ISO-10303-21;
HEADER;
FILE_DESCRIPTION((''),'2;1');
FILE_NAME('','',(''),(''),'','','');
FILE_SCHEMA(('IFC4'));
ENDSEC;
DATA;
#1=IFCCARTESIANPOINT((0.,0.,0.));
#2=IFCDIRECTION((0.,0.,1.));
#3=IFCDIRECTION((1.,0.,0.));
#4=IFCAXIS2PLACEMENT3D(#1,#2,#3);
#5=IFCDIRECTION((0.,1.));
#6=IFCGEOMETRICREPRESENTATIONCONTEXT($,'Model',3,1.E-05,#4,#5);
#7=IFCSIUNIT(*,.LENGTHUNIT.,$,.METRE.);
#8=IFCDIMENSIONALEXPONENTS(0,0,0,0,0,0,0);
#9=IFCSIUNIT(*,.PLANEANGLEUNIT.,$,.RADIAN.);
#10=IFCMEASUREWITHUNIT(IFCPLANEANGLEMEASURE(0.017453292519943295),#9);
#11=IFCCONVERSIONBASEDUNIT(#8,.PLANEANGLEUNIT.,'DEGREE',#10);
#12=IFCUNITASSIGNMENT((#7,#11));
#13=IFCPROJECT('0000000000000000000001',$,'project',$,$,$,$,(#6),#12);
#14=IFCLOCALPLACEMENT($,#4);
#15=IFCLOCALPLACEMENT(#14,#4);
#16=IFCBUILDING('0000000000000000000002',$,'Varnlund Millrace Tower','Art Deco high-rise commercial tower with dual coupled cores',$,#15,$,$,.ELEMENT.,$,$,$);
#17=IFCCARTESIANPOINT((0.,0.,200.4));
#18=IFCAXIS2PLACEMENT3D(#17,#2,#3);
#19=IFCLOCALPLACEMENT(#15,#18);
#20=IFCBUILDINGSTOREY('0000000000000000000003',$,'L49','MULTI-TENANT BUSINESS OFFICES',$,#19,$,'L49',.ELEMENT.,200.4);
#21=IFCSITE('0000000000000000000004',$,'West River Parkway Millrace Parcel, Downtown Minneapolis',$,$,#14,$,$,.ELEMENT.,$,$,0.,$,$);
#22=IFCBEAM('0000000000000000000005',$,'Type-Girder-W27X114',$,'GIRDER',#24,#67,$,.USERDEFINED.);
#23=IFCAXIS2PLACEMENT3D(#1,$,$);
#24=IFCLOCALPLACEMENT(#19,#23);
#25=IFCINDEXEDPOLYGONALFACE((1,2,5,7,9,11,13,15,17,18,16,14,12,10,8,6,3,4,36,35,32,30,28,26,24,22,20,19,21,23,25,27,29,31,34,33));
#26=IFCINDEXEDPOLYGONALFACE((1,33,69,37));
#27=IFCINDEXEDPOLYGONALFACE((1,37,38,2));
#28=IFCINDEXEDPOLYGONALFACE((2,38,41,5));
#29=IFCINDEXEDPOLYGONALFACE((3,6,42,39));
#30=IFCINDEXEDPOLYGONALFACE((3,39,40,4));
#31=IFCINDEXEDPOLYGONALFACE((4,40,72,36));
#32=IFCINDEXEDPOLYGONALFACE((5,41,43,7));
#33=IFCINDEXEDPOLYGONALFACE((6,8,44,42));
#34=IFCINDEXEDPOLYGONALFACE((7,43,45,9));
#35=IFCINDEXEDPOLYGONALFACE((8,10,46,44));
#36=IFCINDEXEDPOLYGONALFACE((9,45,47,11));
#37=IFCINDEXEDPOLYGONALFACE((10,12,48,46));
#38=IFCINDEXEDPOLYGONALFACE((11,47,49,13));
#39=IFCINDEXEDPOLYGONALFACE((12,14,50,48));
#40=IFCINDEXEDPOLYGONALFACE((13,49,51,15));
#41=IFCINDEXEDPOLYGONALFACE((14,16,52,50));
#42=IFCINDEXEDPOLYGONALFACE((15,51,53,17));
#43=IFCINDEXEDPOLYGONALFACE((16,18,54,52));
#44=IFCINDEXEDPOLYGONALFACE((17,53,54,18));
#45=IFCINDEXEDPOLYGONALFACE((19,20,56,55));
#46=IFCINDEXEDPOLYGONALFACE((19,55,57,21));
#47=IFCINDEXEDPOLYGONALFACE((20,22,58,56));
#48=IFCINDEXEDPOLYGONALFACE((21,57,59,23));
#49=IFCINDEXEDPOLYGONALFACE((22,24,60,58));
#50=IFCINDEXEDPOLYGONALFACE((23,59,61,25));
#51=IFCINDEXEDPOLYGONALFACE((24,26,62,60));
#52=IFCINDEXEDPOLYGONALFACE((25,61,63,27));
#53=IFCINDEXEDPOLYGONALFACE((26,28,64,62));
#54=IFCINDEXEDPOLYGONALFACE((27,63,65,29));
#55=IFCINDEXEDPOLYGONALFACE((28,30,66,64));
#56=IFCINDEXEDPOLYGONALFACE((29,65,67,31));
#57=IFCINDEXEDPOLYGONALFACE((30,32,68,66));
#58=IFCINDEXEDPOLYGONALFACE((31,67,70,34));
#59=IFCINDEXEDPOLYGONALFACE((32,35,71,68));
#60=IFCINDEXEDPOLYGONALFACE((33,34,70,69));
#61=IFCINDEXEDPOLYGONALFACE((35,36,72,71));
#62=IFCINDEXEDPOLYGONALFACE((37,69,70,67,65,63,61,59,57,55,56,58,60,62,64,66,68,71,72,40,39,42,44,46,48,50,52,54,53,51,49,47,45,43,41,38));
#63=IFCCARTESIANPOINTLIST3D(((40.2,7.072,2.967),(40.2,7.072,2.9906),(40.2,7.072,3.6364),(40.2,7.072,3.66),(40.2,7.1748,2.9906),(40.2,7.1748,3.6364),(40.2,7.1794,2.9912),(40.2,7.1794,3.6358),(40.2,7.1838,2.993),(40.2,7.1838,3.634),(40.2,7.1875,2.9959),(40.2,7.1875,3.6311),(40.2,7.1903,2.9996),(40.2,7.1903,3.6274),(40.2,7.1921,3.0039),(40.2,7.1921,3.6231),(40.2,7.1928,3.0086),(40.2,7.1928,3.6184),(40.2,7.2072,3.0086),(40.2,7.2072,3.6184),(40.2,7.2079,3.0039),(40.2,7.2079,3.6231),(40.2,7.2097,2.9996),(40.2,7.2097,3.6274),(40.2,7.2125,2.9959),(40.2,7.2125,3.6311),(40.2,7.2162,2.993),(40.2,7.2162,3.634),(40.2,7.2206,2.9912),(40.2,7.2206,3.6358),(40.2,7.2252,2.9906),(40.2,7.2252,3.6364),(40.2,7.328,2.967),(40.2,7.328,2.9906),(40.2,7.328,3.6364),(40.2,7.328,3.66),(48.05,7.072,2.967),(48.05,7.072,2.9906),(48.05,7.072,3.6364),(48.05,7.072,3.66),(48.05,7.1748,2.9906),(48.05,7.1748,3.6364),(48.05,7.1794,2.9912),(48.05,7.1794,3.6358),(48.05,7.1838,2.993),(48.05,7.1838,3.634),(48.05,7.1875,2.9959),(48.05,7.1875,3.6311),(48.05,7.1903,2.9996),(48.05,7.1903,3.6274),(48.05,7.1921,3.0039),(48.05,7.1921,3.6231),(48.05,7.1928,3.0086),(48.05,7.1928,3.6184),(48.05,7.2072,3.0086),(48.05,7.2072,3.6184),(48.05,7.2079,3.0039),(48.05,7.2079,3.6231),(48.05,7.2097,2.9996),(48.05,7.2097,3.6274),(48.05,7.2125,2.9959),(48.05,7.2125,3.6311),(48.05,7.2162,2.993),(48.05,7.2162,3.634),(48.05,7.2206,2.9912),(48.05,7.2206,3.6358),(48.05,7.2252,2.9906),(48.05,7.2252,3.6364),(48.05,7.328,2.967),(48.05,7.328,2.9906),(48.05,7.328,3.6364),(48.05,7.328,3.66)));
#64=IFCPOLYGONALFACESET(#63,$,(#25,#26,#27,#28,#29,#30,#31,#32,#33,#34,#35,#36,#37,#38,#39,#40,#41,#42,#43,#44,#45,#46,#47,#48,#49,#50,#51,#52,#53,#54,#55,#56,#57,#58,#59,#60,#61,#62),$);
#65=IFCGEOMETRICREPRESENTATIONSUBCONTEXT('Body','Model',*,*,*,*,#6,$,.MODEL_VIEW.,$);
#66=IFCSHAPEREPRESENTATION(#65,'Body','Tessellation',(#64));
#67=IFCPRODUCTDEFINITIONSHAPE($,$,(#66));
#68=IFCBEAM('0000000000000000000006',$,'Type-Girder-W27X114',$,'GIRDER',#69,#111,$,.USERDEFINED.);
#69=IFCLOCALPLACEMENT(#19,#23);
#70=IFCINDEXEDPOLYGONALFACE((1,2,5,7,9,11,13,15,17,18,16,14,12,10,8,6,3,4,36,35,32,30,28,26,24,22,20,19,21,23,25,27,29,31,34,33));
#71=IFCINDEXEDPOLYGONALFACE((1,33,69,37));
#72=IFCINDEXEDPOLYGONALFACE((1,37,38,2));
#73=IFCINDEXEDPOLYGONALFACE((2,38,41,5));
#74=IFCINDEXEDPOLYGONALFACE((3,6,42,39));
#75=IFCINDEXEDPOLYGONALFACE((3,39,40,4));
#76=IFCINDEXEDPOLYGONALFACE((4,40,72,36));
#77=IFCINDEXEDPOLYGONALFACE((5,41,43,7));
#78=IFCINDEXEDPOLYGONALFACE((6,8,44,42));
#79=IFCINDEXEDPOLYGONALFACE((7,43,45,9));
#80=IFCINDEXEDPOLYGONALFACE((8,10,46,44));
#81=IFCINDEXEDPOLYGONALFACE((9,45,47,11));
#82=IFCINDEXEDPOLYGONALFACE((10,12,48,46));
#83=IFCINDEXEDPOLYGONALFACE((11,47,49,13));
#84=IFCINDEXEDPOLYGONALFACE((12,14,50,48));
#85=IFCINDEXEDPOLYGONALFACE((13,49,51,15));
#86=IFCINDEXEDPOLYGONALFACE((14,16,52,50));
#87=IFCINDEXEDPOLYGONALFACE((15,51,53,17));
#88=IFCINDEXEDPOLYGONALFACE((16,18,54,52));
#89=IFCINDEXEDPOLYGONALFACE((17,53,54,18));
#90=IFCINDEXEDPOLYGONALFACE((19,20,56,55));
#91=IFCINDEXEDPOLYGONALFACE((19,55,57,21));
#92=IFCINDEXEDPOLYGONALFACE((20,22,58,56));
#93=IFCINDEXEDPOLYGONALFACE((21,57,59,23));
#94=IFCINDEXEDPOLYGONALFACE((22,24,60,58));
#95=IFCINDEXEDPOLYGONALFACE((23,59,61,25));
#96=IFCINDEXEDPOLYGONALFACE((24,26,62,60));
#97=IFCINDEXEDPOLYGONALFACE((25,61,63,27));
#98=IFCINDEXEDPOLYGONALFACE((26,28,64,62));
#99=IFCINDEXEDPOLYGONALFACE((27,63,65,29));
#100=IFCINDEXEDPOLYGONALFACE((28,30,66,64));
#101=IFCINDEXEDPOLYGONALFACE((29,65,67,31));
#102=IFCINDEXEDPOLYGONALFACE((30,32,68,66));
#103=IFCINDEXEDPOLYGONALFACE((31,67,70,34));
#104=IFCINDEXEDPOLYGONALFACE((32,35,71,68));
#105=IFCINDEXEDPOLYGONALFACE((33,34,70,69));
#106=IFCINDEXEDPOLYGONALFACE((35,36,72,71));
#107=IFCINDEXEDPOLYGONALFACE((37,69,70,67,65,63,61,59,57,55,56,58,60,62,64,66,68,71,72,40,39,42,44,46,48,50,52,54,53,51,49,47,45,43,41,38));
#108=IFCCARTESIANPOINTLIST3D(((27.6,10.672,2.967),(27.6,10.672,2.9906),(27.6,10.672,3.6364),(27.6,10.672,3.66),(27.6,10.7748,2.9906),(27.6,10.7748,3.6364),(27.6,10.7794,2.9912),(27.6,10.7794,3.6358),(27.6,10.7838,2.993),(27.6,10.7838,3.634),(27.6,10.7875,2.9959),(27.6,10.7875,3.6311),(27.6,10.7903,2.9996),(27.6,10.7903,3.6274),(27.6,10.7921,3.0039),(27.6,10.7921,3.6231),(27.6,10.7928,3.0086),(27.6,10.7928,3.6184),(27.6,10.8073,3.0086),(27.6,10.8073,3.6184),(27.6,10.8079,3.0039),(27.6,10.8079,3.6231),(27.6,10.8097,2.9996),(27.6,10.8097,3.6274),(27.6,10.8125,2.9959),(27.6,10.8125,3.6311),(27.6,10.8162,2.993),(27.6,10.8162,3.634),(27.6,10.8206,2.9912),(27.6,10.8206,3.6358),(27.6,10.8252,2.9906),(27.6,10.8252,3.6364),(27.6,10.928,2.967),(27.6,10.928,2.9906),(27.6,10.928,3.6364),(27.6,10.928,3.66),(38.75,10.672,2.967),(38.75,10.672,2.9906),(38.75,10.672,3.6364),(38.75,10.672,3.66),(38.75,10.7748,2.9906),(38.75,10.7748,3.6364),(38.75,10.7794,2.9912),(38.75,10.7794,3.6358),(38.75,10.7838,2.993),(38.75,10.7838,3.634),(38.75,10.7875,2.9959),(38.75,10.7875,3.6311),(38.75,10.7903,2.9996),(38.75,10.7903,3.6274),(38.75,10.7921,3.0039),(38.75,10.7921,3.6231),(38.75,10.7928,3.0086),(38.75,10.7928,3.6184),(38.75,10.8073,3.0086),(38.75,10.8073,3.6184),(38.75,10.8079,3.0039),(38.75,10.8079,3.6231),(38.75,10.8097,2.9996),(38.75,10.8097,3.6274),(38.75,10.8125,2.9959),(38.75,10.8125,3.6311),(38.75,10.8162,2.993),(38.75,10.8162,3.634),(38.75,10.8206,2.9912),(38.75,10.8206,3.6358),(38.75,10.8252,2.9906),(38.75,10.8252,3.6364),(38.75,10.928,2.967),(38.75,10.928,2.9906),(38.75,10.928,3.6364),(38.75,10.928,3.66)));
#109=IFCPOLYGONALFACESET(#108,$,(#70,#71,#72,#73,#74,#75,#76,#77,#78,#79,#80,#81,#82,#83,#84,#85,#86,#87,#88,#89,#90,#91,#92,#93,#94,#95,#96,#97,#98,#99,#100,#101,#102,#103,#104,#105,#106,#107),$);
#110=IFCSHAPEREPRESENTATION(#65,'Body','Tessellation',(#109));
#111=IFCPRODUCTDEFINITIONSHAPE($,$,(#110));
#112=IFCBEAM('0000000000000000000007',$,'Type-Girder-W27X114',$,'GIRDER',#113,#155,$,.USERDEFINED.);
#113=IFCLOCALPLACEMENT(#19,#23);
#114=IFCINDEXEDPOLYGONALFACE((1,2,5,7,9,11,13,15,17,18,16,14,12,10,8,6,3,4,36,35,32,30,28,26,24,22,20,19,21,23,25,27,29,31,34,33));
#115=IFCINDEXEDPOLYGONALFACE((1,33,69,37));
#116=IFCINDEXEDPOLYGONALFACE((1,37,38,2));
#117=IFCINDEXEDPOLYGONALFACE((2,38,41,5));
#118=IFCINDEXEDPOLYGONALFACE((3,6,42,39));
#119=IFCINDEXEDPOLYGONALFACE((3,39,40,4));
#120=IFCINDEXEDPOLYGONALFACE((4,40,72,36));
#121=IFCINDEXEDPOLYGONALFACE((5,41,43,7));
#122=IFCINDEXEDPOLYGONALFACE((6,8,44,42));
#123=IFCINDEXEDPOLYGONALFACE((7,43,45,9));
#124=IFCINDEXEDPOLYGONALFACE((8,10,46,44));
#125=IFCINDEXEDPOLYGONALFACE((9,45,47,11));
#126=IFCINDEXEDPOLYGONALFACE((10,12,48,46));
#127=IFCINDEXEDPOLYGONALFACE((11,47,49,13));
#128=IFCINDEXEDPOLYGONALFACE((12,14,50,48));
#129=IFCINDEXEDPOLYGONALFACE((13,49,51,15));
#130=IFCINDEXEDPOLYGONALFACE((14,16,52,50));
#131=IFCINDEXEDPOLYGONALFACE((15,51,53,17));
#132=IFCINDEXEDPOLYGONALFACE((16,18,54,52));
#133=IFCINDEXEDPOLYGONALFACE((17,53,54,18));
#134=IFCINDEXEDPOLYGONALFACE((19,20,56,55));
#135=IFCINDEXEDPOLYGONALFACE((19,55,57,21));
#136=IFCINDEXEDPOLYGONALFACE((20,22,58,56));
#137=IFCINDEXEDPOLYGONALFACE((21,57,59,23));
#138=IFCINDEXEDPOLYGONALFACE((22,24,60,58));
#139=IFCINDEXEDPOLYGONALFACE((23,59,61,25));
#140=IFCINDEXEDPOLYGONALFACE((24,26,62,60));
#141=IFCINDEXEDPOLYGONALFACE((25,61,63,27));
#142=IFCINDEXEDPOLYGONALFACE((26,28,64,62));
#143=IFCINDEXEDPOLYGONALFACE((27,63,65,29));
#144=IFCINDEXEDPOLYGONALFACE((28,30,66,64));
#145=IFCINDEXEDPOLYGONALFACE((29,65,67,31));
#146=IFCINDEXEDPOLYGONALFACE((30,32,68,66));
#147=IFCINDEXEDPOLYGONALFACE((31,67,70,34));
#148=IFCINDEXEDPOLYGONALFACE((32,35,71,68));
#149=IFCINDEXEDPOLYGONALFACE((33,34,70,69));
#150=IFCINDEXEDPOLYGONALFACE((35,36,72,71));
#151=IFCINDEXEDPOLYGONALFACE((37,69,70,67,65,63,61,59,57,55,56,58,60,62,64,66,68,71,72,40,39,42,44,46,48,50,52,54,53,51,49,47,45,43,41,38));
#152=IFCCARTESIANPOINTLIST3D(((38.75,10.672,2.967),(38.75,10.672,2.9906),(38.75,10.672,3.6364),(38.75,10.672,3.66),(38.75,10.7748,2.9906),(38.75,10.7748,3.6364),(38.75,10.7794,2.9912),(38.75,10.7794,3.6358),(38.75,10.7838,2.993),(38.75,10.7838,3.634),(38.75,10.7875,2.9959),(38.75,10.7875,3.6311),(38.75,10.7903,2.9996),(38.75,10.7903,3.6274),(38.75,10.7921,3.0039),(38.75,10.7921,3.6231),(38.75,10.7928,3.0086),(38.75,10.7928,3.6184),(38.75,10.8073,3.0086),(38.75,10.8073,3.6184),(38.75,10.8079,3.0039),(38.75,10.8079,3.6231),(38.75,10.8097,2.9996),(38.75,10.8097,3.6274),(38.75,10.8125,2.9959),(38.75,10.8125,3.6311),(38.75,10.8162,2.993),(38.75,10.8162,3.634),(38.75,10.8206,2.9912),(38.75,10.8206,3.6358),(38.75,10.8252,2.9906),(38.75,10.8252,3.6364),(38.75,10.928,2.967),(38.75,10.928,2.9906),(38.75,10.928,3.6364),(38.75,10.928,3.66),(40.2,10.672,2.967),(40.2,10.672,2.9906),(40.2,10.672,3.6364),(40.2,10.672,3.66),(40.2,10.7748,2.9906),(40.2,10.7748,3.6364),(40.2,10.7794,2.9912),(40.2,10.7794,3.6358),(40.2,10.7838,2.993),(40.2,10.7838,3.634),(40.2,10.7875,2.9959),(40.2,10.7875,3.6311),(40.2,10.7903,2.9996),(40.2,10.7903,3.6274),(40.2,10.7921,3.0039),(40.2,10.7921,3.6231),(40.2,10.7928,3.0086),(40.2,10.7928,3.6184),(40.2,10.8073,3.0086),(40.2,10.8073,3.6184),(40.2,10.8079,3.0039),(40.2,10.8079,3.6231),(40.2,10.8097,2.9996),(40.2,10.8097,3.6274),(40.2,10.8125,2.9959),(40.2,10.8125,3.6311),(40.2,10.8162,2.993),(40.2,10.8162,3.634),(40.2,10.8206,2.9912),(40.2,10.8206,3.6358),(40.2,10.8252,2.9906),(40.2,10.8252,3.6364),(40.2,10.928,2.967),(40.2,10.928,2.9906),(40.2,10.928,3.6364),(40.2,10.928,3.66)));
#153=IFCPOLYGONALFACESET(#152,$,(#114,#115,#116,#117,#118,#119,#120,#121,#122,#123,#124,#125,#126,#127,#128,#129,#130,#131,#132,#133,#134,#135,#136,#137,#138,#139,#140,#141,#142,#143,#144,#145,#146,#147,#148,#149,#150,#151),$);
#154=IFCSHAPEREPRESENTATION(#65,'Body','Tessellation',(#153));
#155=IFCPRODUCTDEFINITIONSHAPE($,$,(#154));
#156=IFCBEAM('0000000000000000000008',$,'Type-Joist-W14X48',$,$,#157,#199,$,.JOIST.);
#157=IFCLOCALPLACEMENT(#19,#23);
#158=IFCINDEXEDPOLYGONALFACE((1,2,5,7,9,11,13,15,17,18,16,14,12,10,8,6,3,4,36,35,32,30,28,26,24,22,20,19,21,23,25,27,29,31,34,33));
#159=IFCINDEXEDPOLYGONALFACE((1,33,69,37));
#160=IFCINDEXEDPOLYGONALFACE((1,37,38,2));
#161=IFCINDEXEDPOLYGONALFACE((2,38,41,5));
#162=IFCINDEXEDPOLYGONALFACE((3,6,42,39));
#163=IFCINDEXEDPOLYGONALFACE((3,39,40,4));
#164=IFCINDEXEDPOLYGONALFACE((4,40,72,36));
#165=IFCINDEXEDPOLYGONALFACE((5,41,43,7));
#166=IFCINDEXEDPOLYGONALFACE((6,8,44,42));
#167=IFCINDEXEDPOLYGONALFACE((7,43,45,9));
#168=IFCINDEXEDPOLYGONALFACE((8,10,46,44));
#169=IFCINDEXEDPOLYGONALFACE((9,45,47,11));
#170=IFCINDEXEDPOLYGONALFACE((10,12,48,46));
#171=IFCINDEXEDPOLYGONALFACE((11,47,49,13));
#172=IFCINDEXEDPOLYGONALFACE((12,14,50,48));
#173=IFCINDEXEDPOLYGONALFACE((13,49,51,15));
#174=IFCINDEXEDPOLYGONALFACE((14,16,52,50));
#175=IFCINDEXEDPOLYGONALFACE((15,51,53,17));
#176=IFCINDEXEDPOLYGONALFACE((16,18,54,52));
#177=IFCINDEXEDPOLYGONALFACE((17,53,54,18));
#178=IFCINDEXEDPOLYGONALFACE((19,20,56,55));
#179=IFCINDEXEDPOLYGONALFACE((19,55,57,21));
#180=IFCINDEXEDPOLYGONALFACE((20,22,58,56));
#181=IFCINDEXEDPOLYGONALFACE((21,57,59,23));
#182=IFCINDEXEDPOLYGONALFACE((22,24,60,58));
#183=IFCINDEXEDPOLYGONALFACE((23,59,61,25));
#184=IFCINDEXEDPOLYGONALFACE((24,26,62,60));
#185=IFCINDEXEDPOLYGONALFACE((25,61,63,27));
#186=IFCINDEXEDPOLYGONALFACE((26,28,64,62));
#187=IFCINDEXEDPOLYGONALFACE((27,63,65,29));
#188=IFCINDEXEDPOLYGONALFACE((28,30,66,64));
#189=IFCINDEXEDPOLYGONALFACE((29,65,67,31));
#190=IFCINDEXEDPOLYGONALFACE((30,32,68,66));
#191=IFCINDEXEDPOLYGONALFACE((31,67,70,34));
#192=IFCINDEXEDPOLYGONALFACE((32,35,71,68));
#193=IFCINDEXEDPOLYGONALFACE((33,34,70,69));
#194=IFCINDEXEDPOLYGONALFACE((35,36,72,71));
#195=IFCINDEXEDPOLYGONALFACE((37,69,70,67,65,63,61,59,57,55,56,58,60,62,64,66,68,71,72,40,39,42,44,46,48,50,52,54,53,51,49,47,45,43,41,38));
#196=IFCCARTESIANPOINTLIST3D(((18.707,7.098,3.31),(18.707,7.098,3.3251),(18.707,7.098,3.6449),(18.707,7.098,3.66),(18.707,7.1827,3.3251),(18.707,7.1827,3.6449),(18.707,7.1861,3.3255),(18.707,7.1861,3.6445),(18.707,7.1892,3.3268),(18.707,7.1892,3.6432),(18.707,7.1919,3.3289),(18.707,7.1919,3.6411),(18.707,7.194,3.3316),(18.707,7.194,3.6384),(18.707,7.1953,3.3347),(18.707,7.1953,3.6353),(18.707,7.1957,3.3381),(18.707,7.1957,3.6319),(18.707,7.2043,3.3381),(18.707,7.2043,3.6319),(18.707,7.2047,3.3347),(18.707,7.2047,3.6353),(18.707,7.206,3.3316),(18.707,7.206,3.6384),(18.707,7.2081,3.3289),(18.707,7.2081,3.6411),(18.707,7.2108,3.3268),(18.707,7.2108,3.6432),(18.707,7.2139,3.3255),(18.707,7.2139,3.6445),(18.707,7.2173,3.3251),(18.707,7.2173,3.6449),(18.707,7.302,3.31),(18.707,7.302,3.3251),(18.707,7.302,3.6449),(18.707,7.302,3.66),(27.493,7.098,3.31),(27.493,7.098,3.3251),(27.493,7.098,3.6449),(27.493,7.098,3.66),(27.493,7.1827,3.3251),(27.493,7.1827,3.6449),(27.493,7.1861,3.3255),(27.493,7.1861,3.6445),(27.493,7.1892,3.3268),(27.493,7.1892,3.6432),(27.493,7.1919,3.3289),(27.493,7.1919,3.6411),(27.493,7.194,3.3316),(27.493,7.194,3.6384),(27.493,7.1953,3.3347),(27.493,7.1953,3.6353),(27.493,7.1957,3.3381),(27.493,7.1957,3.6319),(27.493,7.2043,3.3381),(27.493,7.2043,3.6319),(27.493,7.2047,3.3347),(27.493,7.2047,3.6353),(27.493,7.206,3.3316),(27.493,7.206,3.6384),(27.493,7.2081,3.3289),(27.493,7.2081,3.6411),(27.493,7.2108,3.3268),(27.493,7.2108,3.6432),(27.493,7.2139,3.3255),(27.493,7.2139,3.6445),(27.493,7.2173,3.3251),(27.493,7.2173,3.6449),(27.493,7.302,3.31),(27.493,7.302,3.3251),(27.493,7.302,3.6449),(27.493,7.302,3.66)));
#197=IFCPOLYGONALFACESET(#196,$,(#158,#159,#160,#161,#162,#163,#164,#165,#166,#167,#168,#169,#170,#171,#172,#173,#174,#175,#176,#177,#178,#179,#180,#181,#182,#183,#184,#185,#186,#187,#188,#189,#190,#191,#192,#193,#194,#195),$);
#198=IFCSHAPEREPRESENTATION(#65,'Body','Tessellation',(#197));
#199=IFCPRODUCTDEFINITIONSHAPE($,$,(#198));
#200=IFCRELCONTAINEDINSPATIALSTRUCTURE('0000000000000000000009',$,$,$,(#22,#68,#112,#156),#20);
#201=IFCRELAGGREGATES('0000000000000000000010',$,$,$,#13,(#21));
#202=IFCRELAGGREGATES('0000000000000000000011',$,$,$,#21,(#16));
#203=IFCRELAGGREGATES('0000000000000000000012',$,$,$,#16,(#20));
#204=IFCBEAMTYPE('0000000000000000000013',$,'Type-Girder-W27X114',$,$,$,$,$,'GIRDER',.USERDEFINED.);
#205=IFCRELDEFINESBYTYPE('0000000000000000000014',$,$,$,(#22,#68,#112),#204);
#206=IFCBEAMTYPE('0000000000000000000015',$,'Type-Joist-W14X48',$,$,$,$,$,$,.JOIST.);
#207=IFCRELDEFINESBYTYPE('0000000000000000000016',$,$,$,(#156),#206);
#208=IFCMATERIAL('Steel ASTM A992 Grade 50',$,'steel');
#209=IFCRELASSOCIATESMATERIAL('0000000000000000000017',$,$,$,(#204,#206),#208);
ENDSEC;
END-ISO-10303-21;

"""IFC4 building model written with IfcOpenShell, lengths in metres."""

from ifc_helpers import new_model, entity, si_unit, converted_unit, direction, frame, origin_with_axes, origin_2d_with_axis, place, context, subcontext, project, spatial, i_section, extrude, material, material_profile, profile_set, type_object, element, save


model = new_model("IFC4")

# Units and contexts
model_context = context("Model", 3, precision=1e-05, world=origin_with_axes(), true_north=direction((0.0, 1.0)))
body_context = subcontext(model_context, "Body", "Model", "MODEL_VIEW")
ifc_project = project(units=[si_unit("LENGTHUNIT", "METRE"), converted_unit("PLANEANGLEUNIT", "DEGREE", entity("IfcPlaneAngleMeasure", 0.017453292519943295), si_unit("PLANEANGLEUNIT", "RADIAN"), dimensions=[0, 0, 0, 0, 0, 0, 0])], contexts=[model_context])

# Site, building, storey
site_placement = place(None, origin_with_axes())
site = spatial("IfcSite", under=ifc_project, at=site_placement, Name="West River Parkway Millrace Parcel, Downtown Minneapolis", CompositionType="ELEMENT", RefElevation=0.0)
building_placement = place(site_placement, origin_with_axes())
building = spatial("IfcBuilding", under=site, at=building_placement, Name="Varnlund Millrace Tower", Description="Art Deco high-rise commercial tower with dual coupled cores", CompositionType="ELEMENT")
storey_placement = place(building_placement, frame((0.0, 0.0, 200.4), z_axis=(0.0, 0.0, 1.0), x_axis=(1.0, 0.0, 0.0)))
storey = spatial("IfcBuildingStorey", under=building, at=storey_placement, Name="L49", Description="MULTI-TENANT BUSINESS OFFICES", LongName="L49", CompositionType="ELEMENT", Elevation=200.4)

# Beams
ifc_material_1 = material(Name="Steel ASTM A992 Grade 50", Category="steel")
ifc_material_profile_1 = material_profile(ifc_material_1, i_section(OverallWidth=0.256, OverallDepth=0.693, WebThickness=0.0145, FlangeThickness=0.0236, FilletRadius=0.018, at=origin_2d_with_axis()), Name="Steel ASTM A992 Grade 50")
ifc_profile_set_1 = profile_set([ifc_material_profile_1], Name="Steel ASTM A992 Grade 50")
beam_type_1 = type_object("IfcBeamType", Name="Type-Girder-W27X114", ElementType="GIRDER", PredefinedType="USERDEFINED", material=ifc_profile_set_1)
beam_1_placement = place(storey_placement, frame((40.2, 7.2, 3.3135), z_axis=(1.0, 0.0, 0.0), x_axis=(0.0, 1.0, 0.0)))
element("IfcBeam", 1, at=beam_1_placement, inside=storey, type_object=beam_type_1, Name="Type-Girder-W27X114", ObjectType="GIRDER", PredefinedType="USERDEFINED", context=body_context, shape_type="SweptSolid", body=[
    extrude(i_section(OverallWidth=0.256, OverallDepth=0.693, WebThickness=0.0145, FlangeThickness=0.0236, FilletRadius=0.018, at=origin_2d_with_axis()), origin_with_axes(), (0.0, 0.0, 1.0), 7.85),
])
beam_2_placement = place(storey_placement, frame((27.6, 10.8, 3.3135), z_axis=(1.0, 0.0, 0.0), x_axis=(0.0, 1.0, 0.0)))
element("IfcBeam", 2, at=beam_2_placement, inside=storey, type_object=beam_type_1, Name="Type-Girder-W27X114", ObjectType="GIRDER", PredefinedType="USERDEFINED", context=body_context, shape_type="SweptSolid", body=[
    extrude(i_section(OverallWidth=0.256, OverallDepth=0.693, WebThickness=0.0145, FlangeThickness=0.0236, FilletRadius=0.018, at=origin_2d_with_axis()), origin_with_axes(), (0.0, 0.0, 1.0), 11.15),
])
beam_3_placement = place(storey_placement, frame((38.75, 10.8, 3.3135), z_axis=(1.0, 0.0, 0.0), x_axis=(0.0, 1.0, 0.0)))
element("IfcBeam", 3, at=beam_3_placement, inside=storey, type_object=beam_type_1, Name="Type-Girder-W27X114", ObjectType="GIRDER", PredefinedType="USERDEFINED", context=body_context, shape_type="SweptSolid", body=[
    extrude(i_section(OverallWidth=0.256, OverallDepth=0.693, WebThickness=0.0145, FlangeThickness=0.0236, FilletRadius=0.018, at=origin_2d_with_axis()), origin_with_axes(), (0.0, 0.0, 1.0), 1.45),
])
ifc_material_profile_2 = material_profile(ifc_material_1, i_section(OverallWidth=0.204, OverallDepth=0.35, WebThickness=0.0086, FlangeThickness=0.0151, FilletRadius=0.013, at=origin_2d_with_axis()), Name="Steel ASTM A992 Grade 50")
ifc_profile_set_2 = profile_set([ifc_material_profile_2], Name="Steel ASTM A992 Grade 50")
beam_type_2 = type_object("IfcBeamType", Name="Type-Joist-W14X48", PredefinedType="JOIST", material=ifc_profile_set_2)
beam_4_placement = place(storey_placement, frame((18.707, 7.2, 3.485), z_axis=(1.0, 0.0, 0.0), x_axis=(0.0, 1.0, 0.0)))
element("IfcBeam", 4, at=beam_4_placement, inside=storey, type_object=beam_type_2, Name="Type-Joist-W14X48", PredefinedType="JOIST", context=body_context, shape_type="SweptSolid", body=[
    extrude(i_section(OverallWidth=0.204, OverallDepth=0.35, WebThickness=0.0086, FlangeThickness=0.0151, FilletRadius=0.013, at=origin_2d_with_axis()), origin_with_axes(), (0.0, 0.0, 1.0), 8.786),
])

save(model, "model.ifc")
